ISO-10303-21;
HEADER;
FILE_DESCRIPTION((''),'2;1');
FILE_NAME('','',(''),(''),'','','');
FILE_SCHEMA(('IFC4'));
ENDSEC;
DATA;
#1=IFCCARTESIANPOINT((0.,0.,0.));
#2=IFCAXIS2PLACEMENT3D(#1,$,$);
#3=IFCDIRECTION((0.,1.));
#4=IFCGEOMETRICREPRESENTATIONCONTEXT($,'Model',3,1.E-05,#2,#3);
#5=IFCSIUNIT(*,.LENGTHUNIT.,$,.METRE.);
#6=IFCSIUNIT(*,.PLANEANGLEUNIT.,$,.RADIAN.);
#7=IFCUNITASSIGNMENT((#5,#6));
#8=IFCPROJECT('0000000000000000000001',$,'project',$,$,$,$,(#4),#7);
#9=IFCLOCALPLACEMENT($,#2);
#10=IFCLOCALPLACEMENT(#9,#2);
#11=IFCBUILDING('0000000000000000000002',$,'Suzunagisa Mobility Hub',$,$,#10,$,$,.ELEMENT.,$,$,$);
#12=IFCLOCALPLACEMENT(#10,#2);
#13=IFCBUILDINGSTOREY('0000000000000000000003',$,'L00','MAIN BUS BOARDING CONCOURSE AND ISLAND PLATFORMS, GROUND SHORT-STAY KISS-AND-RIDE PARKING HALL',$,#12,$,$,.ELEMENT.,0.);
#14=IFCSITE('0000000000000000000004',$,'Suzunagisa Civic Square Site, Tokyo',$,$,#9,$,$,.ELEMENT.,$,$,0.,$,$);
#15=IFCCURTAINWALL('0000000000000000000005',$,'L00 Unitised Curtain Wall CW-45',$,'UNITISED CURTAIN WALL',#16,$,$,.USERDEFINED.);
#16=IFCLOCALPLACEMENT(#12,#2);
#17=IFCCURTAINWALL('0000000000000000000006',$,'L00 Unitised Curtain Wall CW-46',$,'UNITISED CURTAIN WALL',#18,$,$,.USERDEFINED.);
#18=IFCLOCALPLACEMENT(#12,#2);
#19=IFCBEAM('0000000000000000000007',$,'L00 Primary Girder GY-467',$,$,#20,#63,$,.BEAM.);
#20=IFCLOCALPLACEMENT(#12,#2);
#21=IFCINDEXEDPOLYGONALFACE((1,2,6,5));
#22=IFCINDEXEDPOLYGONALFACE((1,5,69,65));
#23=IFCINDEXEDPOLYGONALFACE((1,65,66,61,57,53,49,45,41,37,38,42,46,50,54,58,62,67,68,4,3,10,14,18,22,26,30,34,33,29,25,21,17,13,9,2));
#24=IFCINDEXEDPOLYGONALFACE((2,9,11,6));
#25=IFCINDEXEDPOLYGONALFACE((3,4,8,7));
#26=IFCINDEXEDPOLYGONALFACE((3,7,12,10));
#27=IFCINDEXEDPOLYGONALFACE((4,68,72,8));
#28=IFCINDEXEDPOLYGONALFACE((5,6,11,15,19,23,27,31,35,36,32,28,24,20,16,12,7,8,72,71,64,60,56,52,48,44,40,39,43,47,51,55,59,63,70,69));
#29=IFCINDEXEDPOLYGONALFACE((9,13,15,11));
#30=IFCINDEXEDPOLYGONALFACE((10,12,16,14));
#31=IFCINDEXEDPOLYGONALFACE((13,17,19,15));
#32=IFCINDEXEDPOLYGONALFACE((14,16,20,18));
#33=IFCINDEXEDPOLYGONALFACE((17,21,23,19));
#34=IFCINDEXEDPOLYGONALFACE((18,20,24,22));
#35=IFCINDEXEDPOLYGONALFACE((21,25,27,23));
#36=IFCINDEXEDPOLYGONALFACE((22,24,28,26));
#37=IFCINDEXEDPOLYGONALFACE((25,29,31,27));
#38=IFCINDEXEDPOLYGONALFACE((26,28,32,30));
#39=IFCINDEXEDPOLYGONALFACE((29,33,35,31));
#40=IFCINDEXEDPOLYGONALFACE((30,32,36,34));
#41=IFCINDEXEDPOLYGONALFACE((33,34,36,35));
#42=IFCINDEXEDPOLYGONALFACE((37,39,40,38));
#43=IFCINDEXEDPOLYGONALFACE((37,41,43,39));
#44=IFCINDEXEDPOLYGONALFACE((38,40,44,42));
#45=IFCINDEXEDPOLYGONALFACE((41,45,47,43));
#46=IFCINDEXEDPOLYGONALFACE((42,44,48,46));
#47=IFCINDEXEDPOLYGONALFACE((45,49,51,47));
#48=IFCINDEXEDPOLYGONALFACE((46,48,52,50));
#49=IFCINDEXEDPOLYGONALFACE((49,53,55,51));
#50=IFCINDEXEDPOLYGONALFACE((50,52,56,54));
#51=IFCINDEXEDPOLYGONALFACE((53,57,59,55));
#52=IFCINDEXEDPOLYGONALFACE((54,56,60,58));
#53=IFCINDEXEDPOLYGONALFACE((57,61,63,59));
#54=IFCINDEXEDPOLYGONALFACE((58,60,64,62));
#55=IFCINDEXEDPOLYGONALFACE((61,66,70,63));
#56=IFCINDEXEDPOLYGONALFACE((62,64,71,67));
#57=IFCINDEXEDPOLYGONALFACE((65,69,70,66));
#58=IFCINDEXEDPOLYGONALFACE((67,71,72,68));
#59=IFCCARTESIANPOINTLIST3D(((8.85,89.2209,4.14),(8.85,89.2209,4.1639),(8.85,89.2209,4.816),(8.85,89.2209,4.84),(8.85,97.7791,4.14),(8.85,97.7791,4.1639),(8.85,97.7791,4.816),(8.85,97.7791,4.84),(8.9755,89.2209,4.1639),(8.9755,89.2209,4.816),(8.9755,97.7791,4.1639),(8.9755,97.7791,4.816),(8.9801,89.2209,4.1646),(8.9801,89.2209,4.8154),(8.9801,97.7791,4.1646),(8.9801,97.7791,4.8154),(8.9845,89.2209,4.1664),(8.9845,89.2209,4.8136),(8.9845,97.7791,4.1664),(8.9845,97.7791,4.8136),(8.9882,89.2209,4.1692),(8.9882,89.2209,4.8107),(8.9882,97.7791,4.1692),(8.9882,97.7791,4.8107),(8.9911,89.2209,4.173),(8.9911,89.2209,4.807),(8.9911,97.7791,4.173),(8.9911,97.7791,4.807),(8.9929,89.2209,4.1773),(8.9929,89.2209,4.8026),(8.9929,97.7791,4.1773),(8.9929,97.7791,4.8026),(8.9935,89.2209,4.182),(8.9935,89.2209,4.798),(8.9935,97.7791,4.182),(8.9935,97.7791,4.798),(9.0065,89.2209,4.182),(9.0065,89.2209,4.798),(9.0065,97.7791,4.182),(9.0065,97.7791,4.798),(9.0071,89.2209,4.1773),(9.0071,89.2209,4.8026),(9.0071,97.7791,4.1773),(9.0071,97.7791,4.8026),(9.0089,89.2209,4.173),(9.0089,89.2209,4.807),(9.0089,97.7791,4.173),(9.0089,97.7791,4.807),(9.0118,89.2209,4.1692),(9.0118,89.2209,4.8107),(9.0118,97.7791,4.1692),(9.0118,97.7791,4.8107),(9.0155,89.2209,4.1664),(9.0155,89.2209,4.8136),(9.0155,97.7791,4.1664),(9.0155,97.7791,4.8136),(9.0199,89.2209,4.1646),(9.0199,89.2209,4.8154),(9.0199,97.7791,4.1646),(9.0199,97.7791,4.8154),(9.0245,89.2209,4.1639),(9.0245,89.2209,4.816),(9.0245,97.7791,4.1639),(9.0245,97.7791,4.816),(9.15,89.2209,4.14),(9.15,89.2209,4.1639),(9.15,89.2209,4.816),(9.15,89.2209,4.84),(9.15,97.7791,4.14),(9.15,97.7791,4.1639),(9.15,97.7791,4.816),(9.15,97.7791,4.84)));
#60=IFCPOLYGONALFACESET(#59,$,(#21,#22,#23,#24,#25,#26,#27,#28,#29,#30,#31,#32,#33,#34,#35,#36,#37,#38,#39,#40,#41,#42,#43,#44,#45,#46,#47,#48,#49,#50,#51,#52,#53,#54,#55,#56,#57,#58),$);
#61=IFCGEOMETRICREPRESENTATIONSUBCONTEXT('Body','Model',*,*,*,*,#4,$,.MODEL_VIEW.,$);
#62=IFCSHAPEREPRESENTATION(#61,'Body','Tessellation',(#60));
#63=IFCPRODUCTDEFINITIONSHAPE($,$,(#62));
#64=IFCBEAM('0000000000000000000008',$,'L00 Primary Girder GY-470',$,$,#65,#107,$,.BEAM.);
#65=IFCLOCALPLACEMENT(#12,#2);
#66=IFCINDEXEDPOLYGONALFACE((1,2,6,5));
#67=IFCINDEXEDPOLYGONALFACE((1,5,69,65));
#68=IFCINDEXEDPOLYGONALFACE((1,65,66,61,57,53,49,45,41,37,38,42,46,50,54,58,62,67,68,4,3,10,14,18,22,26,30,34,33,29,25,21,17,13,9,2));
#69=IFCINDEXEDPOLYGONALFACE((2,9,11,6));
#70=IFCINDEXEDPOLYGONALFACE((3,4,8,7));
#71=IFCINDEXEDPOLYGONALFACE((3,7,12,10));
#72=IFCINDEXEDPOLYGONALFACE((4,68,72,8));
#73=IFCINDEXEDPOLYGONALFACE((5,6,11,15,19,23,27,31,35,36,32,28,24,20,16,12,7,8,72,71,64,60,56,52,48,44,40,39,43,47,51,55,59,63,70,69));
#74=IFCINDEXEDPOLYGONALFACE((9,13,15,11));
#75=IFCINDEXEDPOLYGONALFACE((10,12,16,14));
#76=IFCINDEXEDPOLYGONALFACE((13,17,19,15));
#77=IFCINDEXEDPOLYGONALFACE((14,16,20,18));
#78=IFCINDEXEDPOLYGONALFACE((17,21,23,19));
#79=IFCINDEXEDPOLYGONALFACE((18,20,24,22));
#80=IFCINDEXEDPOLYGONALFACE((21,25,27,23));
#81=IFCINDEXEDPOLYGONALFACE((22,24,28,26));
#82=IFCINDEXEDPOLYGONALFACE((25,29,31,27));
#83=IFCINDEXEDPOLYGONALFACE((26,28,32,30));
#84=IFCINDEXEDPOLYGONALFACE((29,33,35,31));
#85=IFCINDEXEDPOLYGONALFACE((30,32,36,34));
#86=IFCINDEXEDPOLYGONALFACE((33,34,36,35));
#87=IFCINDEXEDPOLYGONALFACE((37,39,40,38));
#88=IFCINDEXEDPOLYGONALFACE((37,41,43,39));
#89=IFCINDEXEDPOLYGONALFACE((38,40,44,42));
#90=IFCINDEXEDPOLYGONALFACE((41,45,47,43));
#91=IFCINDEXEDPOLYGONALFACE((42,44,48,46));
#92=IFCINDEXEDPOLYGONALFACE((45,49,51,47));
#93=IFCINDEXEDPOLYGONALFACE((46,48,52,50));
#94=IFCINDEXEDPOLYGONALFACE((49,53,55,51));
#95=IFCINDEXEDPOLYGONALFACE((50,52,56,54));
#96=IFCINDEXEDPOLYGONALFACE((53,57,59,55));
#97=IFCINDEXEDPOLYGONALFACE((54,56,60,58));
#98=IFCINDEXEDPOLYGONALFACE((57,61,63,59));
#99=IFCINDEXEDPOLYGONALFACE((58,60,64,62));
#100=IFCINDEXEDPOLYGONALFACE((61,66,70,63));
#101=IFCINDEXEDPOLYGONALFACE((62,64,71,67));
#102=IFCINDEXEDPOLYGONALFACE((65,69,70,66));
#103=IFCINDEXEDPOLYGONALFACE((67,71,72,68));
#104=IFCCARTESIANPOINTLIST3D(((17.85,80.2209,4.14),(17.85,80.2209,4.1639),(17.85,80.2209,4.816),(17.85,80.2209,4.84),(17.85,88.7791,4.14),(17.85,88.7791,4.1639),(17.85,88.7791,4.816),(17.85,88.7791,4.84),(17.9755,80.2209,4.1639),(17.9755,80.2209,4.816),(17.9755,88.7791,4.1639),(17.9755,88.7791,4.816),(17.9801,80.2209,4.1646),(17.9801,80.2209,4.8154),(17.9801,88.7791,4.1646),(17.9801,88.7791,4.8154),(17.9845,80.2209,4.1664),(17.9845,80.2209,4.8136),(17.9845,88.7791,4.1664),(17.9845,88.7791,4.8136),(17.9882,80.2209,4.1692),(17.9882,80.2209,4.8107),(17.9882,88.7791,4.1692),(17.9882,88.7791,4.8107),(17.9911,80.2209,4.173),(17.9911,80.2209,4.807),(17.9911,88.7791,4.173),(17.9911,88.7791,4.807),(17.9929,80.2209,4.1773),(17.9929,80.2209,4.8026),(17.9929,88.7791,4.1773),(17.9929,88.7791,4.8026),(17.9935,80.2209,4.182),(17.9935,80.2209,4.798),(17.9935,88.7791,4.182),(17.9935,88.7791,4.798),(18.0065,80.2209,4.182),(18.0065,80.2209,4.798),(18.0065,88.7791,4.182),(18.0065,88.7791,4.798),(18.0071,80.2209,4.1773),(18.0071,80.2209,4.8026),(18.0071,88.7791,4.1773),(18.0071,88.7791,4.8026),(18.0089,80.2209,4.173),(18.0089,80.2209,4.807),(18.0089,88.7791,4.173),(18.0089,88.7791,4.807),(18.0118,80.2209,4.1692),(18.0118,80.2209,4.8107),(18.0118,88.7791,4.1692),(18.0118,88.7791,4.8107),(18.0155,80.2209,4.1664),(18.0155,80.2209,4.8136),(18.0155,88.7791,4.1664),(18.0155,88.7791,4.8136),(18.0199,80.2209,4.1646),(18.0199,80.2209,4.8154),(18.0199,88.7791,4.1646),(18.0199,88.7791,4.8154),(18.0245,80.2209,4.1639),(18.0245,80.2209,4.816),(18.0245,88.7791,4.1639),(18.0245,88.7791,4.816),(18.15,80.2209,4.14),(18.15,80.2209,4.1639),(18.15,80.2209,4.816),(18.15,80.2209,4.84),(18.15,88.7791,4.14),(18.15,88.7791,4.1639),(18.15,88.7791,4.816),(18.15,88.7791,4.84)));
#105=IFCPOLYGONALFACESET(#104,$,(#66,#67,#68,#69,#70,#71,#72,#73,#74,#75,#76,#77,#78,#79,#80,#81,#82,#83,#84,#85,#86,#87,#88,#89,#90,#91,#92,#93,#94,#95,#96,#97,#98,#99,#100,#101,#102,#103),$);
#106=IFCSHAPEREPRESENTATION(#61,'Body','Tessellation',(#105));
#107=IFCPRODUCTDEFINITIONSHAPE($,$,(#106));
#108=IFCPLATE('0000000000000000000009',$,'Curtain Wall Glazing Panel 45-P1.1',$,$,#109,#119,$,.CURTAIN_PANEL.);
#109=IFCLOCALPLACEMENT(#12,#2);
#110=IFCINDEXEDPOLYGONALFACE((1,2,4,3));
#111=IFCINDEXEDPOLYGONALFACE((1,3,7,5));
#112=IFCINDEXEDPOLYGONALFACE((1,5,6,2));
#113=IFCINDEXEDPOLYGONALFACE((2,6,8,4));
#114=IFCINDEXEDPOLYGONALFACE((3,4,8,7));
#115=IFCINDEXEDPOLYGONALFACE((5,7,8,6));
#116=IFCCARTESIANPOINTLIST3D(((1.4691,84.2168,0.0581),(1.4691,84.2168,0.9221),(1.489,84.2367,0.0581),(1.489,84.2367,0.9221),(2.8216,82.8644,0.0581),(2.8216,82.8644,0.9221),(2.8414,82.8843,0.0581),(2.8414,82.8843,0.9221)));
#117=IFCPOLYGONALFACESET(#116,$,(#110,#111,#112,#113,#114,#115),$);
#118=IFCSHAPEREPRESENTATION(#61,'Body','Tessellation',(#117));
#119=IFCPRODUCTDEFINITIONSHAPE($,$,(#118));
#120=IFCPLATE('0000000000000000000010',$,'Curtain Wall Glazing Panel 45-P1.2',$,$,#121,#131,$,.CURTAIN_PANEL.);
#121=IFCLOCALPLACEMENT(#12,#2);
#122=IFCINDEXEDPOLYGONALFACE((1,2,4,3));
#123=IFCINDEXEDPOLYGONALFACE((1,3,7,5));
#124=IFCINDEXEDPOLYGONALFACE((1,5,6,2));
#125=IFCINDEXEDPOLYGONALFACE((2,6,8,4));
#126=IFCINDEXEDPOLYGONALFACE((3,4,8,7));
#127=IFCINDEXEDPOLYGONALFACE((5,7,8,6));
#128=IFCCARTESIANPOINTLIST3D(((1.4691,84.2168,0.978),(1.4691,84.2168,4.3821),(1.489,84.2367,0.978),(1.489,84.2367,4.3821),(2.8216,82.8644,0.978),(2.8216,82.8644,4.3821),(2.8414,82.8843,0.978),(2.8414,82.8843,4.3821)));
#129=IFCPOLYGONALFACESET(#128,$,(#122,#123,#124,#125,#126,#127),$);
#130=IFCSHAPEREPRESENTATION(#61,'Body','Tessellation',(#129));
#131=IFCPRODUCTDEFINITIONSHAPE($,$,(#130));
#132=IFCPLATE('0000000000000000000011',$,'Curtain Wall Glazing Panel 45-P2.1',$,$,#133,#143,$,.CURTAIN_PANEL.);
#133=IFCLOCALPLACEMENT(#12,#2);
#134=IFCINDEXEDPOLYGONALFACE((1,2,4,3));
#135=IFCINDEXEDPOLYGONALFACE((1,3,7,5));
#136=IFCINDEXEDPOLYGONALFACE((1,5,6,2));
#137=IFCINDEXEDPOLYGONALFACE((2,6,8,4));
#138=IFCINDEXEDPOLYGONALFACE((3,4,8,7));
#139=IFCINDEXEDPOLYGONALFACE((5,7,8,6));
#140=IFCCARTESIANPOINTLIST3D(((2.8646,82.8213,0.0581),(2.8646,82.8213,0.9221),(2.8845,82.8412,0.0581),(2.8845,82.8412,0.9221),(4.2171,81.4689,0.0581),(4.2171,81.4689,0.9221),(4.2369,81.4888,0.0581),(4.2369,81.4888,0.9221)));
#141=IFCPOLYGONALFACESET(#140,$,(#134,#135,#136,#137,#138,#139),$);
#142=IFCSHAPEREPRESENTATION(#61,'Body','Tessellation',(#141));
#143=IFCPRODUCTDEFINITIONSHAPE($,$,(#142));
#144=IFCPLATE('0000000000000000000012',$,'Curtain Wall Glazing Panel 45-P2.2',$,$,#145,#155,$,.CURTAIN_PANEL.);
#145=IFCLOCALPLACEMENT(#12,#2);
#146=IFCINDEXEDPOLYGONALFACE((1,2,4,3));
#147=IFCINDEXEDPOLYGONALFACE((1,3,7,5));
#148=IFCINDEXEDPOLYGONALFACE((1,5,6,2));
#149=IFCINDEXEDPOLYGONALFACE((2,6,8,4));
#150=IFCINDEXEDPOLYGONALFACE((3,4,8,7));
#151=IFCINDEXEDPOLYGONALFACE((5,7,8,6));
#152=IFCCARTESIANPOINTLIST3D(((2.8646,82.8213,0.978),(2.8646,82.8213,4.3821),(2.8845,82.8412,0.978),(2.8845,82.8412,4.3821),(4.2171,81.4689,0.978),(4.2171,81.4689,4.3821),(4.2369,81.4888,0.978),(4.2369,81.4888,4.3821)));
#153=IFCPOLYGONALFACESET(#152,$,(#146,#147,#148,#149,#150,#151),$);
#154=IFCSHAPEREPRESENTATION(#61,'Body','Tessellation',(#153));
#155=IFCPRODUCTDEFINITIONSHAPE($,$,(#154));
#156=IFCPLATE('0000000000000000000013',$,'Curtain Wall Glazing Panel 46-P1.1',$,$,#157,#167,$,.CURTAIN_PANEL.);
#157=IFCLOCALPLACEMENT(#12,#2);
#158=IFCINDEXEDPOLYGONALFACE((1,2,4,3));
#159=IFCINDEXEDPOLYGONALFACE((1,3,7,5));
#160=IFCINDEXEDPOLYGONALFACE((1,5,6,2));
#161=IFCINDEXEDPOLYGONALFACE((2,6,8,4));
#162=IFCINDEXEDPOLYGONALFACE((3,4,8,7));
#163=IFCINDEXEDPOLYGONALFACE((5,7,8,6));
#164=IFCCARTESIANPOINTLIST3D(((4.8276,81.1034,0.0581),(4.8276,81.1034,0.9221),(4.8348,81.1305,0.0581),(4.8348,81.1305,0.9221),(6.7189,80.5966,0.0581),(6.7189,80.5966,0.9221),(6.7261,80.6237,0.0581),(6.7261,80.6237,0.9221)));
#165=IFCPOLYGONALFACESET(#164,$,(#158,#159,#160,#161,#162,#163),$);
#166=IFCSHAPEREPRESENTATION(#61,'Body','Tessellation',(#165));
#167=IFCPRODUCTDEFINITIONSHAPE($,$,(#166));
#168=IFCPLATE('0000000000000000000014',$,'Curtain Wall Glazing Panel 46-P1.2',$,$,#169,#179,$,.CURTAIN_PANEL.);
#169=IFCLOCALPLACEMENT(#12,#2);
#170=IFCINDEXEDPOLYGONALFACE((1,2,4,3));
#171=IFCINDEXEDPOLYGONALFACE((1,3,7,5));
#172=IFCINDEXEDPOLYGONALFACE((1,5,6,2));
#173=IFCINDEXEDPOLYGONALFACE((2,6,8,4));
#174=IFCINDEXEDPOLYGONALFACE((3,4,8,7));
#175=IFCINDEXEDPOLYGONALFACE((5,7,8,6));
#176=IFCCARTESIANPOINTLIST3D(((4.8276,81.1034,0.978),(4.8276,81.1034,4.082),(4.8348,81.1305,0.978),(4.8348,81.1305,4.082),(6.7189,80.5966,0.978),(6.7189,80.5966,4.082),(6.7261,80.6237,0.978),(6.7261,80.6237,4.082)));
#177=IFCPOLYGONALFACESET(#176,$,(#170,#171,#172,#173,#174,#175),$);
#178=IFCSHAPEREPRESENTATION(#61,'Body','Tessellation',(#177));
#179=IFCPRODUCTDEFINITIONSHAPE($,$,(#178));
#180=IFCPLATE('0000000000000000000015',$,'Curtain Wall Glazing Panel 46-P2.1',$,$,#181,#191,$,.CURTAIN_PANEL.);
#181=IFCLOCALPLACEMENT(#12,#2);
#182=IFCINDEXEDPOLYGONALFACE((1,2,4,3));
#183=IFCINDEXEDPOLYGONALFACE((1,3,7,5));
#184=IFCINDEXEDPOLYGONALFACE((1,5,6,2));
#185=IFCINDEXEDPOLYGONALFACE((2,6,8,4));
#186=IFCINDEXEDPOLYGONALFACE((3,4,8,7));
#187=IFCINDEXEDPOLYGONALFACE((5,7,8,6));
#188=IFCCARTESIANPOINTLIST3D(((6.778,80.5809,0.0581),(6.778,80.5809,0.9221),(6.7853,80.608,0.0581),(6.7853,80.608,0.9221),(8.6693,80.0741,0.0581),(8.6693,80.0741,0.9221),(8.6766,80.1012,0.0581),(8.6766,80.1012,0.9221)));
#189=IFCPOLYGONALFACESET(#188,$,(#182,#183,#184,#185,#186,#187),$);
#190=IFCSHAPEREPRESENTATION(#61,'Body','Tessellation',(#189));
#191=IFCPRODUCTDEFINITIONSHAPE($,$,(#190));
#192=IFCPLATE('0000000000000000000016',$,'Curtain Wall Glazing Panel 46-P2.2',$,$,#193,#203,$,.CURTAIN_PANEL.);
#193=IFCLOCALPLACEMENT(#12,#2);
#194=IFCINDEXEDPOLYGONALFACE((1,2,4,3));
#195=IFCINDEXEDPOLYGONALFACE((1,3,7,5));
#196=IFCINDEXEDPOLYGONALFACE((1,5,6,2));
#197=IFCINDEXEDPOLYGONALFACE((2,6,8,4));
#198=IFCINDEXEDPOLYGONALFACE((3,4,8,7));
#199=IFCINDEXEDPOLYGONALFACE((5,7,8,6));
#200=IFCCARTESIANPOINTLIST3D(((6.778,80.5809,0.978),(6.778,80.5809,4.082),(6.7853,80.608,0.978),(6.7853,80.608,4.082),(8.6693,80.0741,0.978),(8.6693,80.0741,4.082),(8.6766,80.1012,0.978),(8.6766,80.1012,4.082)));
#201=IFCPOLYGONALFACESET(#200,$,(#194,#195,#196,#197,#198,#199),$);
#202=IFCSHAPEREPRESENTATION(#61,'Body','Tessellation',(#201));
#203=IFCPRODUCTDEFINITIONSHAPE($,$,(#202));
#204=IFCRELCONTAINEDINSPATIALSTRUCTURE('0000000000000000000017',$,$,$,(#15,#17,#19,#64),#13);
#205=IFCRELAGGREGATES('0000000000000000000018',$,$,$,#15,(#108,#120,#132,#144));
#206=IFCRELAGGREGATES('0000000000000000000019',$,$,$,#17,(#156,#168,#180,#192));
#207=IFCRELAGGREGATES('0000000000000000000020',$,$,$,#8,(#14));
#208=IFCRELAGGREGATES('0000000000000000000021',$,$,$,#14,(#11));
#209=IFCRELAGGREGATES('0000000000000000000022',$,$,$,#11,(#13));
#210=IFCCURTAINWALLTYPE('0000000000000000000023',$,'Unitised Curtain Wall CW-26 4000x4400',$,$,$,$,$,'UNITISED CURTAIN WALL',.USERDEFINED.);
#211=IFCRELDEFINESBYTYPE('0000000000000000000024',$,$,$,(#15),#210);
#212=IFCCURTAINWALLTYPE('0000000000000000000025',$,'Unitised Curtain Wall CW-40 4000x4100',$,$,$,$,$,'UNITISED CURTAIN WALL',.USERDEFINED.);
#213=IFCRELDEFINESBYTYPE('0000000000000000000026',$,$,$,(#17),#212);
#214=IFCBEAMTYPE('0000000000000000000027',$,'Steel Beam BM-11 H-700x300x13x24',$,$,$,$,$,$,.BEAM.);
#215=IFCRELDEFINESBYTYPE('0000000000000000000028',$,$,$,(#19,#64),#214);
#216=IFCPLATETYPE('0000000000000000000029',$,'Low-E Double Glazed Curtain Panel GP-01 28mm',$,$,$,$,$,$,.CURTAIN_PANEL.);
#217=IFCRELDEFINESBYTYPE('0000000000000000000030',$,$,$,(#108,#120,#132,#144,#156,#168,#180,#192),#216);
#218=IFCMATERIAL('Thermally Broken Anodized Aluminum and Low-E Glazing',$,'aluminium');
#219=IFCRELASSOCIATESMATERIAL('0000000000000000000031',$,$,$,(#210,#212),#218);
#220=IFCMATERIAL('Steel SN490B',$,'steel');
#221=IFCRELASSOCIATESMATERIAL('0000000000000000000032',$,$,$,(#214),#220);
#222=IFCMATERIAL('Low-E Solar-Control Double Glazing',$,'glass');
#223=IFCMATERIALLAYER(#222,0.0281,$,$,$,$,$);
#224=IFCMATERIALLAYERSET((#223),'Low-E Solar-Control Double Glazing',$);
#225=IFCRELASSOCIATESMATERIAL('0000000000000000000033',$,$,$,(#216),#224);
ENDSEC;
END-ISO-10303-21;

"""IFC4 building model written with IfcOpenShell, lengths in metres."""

from ifc_helpers import new_model, si_unit, direction, frame, origin, origin_2d, place, context, subcontext, project, spatial, rectangle, i_section, extrude, material, layer, layer_set, material_profile, profile_set, type_object, element, aggregate, save


model = new_model("IFC4")

# Units and contexts
model_context = context("Model", 3, precision=1e-05, world=origin(), true_north=direction((0.0, 1.0)))
body_context = subcontext(model_context, "Body", "Model", "MODEL_VIEW")
ifc_project = project(units=[si_unit("LENGTHUNIT", "METRE"), si_unit("PLANEANGLEUNIT", "RADIAN")], contexts=[model_context])

# Site, building, storey
site_placement = place(None, origin())
site = spatial("IfcSite", under=ifc_project, at=site_placement, Name="Suzunagisa Civic Square Site, Tokyo", CompositionType="ELEMENT", RefElevation=0.0)
building_placement = place(site_placement, origin())
building = spatial("IfcBuilding", under=site, at=building_placement, Name="Suzunagisa Mobility Hub", CompositionType="ELEMENT")
storey_placement = place(building_placement, origin())
storey = spatial("IfcBuildingStorey", under=building, at=storey_placement, Name="L00", Description="MAIN BUS BOARDING CONCOURSE AND ISLAND PLATFORMS, GROUND SHORT-STAY KISS-AND-RIDE PARKING HALL", CompositionType="ELEMENT", Elevation=0.0)

# Shared definitions
ifc_material_1 = material(Name="Steel SN490B", Category="steel")

# Curtain walls
ifc_material_2 = material(Name="Thermally Broken Anodized Aluminum and Low-E Glazing", Category="aluminium")
curtain_wall_type_1 = type_object("IfcCurtainWallType", Name="Unitised Curtain Wall CW-26 4000x4400", ElementType="UNITISED CURTAIN WALL", PredefinedType="USERDEFINED", material=ifc_material_2)
curtain_wall_1_placement = place(storey_placement, origin())
curtain_wall_1 = element("IfcCurtainWall", 1, at=curtain_wall_1_placement, inside=storey, type_object=curtain_wall_type_1, Name="L00 Unitised Curtain Wall CW-45", ObjectType="UNITISED CURTAIN WALL", PredefinedType="USERDEFINED")
curtain_wall_type_2 = type_object("IfcCurtainWallType", Name="Unitised Curtain Wall CW-40 4000x4100", ElementType="UNITISED CURTAIN WALL", PredefinedType="USERDEFINED", material=ifc_material_2)
curtain_wall_2_placement = place(storey_placement, origin())
curtain_wall_2 = element("IfcCurtainWall", 2, at=curtain_wall_2_placement, inside=storey, type_object=curtain_wall_type_2, Name="L00 Unitised Curtain Wall CW-46", ObjectType="UNITISED CURTAIN WALL", PredefinedType="USERDEFINED")

# Beams
ifc_material_profile_1 = material_profile(ifc_material_1, i_section(OverallWidth=0.3, OverallDepth=0.7, WebThickness=0.0129, FlangeThickness=0.0239, FilletRadius=0.0181, at=origin_2d()), Name="H-700x300x13x24")
ifc_profile_set_1 = profile_set([ifc_material_profile_1], Name="Steel SN490B")
beam_type_1 = type_object("IfcBeamType", Name="Steel Beam BM-11 H-700x300x13x24", PredefinedType="BEAM", material=ifc_profile_set_1)
for number, where, z_axis, x_axis, name in (
    (3, (9.0, 89.2209, 4.49), (0.0, 1.0, 0.0), (-1.0, 0.0, 0.0), "L00 Primary Girder GY-467"),
    (4, (18.0, 80.2209, 4.49), (0.0, 1.0, 0.0), (-1.0, 0.0, 0.0), "L00 Primary Girder GY-470"),
):
    element("IfcBeam", number, at=place(storey_placement, frame(where, z_axis=z_axis, x_axis=x_axis)), inside=storey, type_object=beam_type_1, Name=name, PredefinedType="BEAM", context=body_context, shape_type="SweptSolid", body=[
        extrude(i_section(OverallWidth=0.3, OverallDepth=0.7, WebThickness=0.0129, FlangeThickness=0.0239, FilletRadius=0.0181, at=origin_2d()), origin(), (0.0, 0.0, 1.0), 8.5581),
    ])

# Plates
ifc_material_3 = material(Name="Low-E Solar-Control Double Glazing", Category="glass")
ifc_layer_1 = layer(ifc_material_3, 0.0281)
ifc_layer_set_1 = layer_set([ifc_layer_1], Name="Low-E Solar-Control Double Glazing")
plate_type = type_object("IfcPlateType", Name="Low-E Double Glazed Curtain Panel GP-01 28mm", PredefinedType="CURTAIN_PANEL", material=ifc_layer_set_1)
plate_1_placement = place(storey_placement, frame((2.1553, 83.5505, 0.0581), z_axis=(0.0, 0.0, 1.0), x_axis=(0.707107, -0.707107, 0.0)))
plate_1 = element("IfcPlate", 5, at=plate_1_placement, type_object=plate_type, Name="Curtain Wall Glazing Panel 45-P1.1", PredefinedType="CURTAIN_PANEL", context=body_context, shape_type="SweptSolid", body=[
    extrude(rectangle(XDim=1.9126, YDim=0.0281, at=origin_2d()), origin(), (0.0, 0.0, 1.0), 0.864),
])
plate_2_placement = place(storey_placement, frame((2.1553, 83.5505, 0.978), z_axis=(0.0, 0.0, 1.0), x_axis=(0.707107, -0.707107, 0.0)))
plate_2 = element("IfcPlate", 6, at=plate_2_placement, type_object=plate_type, Name="Curtain Wall Glazing Panel 45-P1.2", PredefinedType="CURTAIN_PANEL", context=body_context, shape_type="SweptSolid", body=[
    extrude(rectangle(XDim=1.9126, YDim=0.0281, at=origin_2d()), origin(), (0.0, 0.0, 1.0), 3.4041),
])
plate_3_placement = place(storey_placement, frame((3.5508, 82.155, 0.0581), z_axis=(0.0, 0.0, 1.0), x_axis=(0.707107, -0.707107, 0.0)))
plate_3 = element("IfcPlate", 7, at=plate_3_placement, type_object=plate_type, Name="Curtain Wall Glazing Panel 45-P2.1", PredefinedType="CURTAIN_PANEL", context=body_context, shape_type="SweptSolid", body=[
    extrude(rectangle(XDim=1.9126, YDim=0.0281, at=origin_2d()), origin(), (0.0, 0.0, 1.0), 0.864),
])
plate_4_placement = place(storey_placement, frame((3.5508, 82.155, 0.978), z_axis=(0.0, 0.0, 1.0), x_axis=(0.707107, -0.707107, 0.0)))
plate_4 = element("IfcPlate", 8, at=plate_4_placement, type_object=plate_type, Name="Curtain Wall Glazing Panel 45-P2.2", PredefinedType="CURTAIN_PANEL", context=body_context, shape_type="SweptSolid", body=[
    extrude(rectangle(XDim=1.9126, YDim=0.0281, at=origin_2d()), origin(), (0.0, 0.0, 1.0), 3.4041),
])
aggregate(curtain_wall_1, [plate_1, plate_2, plate_3, plate_4])
plate_5_placement = place(storey_placement, frame((5.7769, 80.8635, 0.0581), z_axis=(0.0, 0.0, 1.0), x_axis=(0.965925, -0.258821, 0.0)))
plate_5 = element("IfcPlate", 9, at=plate_5_placement, type_object=plate_type, Name="Curtain Wall Glazing Panel 46-P1.1", PredefinedType="CURTAIN_PANEL", context=body_context, shape_type="SweptSolid", body=[
    extrude(rectangle(XDim=1.958, YDim=0.0281, at=origin_2d()), origin(), (0.0, 0.0, 1.0), 0.864),
])
plate_6_placement = place(storey_placement, frame((5.7769, 80.8635, 0.978), z_axis=(0.0, 0.0, 1.0), x_axis=(0.965925, -0.258821, 0.0)))
plate_6 = element("IfcPlate", 10, at=plate_6_placement, type_object=plate_type, Name="Curtain Wall Glazing Panel 46-P1.2", PredefinedType="CURTAIN_PANEL", context=body_context, shape_type="SweptSolid", body=[
    extrude(rectangle(XDim=1.958, YDim=0.0281, at=origin_2d()), origin(), (0.0, 0.0, 1.0), 3.104),
])
plate_7_placement = place(storey_placement, frame((7.7273, 80.3411, 0.0581), z_axis=(0.0, 0.0, 1.0), x_axis=(0.965925, -0.258821, 0.0)))
plate_7 = element("IfcPlate", 11, at=plate_7_placement, type_object=plate_type, Name="Curtain Wall Glazing Panel 46-P2.1", PredefinedType="CURTAIN_PANEL", context=body_context, shape_type="SweptSolid", body=[
    extrude(rectangle(XDim=1.958, YDim=0.0281, at=origin_2d()), origin(), (0.0, 0.0, 1.0), 0.864),
])
plate_8_placement = place(storey_placement, frame((7.7273, 80.3411, 0.978), z_axis=(0.0, 0.0, 1.0), x_axis=(0.965925, -0.258821, 0.0)))
plate_8 = element("IfcPlate", 12, at=plate_8_placement, type_object=plate_type, Name="Curtain Wall Glazing Panel 46-P2.2", PredefinedType="CURTAIN_PANEL", context=body_context, shape_type="SweptSolid", body=[
    extrude(rectangle(XDim=1.958, YDim=0.0281, at=origin_2d()), origin(), (0.0, 0.0, 1.0), 3.104),
])
aggregate(curtain_wall_2, [plate_5, plate_6, plate_7, plate_8])

save(model, "model.ifc")
